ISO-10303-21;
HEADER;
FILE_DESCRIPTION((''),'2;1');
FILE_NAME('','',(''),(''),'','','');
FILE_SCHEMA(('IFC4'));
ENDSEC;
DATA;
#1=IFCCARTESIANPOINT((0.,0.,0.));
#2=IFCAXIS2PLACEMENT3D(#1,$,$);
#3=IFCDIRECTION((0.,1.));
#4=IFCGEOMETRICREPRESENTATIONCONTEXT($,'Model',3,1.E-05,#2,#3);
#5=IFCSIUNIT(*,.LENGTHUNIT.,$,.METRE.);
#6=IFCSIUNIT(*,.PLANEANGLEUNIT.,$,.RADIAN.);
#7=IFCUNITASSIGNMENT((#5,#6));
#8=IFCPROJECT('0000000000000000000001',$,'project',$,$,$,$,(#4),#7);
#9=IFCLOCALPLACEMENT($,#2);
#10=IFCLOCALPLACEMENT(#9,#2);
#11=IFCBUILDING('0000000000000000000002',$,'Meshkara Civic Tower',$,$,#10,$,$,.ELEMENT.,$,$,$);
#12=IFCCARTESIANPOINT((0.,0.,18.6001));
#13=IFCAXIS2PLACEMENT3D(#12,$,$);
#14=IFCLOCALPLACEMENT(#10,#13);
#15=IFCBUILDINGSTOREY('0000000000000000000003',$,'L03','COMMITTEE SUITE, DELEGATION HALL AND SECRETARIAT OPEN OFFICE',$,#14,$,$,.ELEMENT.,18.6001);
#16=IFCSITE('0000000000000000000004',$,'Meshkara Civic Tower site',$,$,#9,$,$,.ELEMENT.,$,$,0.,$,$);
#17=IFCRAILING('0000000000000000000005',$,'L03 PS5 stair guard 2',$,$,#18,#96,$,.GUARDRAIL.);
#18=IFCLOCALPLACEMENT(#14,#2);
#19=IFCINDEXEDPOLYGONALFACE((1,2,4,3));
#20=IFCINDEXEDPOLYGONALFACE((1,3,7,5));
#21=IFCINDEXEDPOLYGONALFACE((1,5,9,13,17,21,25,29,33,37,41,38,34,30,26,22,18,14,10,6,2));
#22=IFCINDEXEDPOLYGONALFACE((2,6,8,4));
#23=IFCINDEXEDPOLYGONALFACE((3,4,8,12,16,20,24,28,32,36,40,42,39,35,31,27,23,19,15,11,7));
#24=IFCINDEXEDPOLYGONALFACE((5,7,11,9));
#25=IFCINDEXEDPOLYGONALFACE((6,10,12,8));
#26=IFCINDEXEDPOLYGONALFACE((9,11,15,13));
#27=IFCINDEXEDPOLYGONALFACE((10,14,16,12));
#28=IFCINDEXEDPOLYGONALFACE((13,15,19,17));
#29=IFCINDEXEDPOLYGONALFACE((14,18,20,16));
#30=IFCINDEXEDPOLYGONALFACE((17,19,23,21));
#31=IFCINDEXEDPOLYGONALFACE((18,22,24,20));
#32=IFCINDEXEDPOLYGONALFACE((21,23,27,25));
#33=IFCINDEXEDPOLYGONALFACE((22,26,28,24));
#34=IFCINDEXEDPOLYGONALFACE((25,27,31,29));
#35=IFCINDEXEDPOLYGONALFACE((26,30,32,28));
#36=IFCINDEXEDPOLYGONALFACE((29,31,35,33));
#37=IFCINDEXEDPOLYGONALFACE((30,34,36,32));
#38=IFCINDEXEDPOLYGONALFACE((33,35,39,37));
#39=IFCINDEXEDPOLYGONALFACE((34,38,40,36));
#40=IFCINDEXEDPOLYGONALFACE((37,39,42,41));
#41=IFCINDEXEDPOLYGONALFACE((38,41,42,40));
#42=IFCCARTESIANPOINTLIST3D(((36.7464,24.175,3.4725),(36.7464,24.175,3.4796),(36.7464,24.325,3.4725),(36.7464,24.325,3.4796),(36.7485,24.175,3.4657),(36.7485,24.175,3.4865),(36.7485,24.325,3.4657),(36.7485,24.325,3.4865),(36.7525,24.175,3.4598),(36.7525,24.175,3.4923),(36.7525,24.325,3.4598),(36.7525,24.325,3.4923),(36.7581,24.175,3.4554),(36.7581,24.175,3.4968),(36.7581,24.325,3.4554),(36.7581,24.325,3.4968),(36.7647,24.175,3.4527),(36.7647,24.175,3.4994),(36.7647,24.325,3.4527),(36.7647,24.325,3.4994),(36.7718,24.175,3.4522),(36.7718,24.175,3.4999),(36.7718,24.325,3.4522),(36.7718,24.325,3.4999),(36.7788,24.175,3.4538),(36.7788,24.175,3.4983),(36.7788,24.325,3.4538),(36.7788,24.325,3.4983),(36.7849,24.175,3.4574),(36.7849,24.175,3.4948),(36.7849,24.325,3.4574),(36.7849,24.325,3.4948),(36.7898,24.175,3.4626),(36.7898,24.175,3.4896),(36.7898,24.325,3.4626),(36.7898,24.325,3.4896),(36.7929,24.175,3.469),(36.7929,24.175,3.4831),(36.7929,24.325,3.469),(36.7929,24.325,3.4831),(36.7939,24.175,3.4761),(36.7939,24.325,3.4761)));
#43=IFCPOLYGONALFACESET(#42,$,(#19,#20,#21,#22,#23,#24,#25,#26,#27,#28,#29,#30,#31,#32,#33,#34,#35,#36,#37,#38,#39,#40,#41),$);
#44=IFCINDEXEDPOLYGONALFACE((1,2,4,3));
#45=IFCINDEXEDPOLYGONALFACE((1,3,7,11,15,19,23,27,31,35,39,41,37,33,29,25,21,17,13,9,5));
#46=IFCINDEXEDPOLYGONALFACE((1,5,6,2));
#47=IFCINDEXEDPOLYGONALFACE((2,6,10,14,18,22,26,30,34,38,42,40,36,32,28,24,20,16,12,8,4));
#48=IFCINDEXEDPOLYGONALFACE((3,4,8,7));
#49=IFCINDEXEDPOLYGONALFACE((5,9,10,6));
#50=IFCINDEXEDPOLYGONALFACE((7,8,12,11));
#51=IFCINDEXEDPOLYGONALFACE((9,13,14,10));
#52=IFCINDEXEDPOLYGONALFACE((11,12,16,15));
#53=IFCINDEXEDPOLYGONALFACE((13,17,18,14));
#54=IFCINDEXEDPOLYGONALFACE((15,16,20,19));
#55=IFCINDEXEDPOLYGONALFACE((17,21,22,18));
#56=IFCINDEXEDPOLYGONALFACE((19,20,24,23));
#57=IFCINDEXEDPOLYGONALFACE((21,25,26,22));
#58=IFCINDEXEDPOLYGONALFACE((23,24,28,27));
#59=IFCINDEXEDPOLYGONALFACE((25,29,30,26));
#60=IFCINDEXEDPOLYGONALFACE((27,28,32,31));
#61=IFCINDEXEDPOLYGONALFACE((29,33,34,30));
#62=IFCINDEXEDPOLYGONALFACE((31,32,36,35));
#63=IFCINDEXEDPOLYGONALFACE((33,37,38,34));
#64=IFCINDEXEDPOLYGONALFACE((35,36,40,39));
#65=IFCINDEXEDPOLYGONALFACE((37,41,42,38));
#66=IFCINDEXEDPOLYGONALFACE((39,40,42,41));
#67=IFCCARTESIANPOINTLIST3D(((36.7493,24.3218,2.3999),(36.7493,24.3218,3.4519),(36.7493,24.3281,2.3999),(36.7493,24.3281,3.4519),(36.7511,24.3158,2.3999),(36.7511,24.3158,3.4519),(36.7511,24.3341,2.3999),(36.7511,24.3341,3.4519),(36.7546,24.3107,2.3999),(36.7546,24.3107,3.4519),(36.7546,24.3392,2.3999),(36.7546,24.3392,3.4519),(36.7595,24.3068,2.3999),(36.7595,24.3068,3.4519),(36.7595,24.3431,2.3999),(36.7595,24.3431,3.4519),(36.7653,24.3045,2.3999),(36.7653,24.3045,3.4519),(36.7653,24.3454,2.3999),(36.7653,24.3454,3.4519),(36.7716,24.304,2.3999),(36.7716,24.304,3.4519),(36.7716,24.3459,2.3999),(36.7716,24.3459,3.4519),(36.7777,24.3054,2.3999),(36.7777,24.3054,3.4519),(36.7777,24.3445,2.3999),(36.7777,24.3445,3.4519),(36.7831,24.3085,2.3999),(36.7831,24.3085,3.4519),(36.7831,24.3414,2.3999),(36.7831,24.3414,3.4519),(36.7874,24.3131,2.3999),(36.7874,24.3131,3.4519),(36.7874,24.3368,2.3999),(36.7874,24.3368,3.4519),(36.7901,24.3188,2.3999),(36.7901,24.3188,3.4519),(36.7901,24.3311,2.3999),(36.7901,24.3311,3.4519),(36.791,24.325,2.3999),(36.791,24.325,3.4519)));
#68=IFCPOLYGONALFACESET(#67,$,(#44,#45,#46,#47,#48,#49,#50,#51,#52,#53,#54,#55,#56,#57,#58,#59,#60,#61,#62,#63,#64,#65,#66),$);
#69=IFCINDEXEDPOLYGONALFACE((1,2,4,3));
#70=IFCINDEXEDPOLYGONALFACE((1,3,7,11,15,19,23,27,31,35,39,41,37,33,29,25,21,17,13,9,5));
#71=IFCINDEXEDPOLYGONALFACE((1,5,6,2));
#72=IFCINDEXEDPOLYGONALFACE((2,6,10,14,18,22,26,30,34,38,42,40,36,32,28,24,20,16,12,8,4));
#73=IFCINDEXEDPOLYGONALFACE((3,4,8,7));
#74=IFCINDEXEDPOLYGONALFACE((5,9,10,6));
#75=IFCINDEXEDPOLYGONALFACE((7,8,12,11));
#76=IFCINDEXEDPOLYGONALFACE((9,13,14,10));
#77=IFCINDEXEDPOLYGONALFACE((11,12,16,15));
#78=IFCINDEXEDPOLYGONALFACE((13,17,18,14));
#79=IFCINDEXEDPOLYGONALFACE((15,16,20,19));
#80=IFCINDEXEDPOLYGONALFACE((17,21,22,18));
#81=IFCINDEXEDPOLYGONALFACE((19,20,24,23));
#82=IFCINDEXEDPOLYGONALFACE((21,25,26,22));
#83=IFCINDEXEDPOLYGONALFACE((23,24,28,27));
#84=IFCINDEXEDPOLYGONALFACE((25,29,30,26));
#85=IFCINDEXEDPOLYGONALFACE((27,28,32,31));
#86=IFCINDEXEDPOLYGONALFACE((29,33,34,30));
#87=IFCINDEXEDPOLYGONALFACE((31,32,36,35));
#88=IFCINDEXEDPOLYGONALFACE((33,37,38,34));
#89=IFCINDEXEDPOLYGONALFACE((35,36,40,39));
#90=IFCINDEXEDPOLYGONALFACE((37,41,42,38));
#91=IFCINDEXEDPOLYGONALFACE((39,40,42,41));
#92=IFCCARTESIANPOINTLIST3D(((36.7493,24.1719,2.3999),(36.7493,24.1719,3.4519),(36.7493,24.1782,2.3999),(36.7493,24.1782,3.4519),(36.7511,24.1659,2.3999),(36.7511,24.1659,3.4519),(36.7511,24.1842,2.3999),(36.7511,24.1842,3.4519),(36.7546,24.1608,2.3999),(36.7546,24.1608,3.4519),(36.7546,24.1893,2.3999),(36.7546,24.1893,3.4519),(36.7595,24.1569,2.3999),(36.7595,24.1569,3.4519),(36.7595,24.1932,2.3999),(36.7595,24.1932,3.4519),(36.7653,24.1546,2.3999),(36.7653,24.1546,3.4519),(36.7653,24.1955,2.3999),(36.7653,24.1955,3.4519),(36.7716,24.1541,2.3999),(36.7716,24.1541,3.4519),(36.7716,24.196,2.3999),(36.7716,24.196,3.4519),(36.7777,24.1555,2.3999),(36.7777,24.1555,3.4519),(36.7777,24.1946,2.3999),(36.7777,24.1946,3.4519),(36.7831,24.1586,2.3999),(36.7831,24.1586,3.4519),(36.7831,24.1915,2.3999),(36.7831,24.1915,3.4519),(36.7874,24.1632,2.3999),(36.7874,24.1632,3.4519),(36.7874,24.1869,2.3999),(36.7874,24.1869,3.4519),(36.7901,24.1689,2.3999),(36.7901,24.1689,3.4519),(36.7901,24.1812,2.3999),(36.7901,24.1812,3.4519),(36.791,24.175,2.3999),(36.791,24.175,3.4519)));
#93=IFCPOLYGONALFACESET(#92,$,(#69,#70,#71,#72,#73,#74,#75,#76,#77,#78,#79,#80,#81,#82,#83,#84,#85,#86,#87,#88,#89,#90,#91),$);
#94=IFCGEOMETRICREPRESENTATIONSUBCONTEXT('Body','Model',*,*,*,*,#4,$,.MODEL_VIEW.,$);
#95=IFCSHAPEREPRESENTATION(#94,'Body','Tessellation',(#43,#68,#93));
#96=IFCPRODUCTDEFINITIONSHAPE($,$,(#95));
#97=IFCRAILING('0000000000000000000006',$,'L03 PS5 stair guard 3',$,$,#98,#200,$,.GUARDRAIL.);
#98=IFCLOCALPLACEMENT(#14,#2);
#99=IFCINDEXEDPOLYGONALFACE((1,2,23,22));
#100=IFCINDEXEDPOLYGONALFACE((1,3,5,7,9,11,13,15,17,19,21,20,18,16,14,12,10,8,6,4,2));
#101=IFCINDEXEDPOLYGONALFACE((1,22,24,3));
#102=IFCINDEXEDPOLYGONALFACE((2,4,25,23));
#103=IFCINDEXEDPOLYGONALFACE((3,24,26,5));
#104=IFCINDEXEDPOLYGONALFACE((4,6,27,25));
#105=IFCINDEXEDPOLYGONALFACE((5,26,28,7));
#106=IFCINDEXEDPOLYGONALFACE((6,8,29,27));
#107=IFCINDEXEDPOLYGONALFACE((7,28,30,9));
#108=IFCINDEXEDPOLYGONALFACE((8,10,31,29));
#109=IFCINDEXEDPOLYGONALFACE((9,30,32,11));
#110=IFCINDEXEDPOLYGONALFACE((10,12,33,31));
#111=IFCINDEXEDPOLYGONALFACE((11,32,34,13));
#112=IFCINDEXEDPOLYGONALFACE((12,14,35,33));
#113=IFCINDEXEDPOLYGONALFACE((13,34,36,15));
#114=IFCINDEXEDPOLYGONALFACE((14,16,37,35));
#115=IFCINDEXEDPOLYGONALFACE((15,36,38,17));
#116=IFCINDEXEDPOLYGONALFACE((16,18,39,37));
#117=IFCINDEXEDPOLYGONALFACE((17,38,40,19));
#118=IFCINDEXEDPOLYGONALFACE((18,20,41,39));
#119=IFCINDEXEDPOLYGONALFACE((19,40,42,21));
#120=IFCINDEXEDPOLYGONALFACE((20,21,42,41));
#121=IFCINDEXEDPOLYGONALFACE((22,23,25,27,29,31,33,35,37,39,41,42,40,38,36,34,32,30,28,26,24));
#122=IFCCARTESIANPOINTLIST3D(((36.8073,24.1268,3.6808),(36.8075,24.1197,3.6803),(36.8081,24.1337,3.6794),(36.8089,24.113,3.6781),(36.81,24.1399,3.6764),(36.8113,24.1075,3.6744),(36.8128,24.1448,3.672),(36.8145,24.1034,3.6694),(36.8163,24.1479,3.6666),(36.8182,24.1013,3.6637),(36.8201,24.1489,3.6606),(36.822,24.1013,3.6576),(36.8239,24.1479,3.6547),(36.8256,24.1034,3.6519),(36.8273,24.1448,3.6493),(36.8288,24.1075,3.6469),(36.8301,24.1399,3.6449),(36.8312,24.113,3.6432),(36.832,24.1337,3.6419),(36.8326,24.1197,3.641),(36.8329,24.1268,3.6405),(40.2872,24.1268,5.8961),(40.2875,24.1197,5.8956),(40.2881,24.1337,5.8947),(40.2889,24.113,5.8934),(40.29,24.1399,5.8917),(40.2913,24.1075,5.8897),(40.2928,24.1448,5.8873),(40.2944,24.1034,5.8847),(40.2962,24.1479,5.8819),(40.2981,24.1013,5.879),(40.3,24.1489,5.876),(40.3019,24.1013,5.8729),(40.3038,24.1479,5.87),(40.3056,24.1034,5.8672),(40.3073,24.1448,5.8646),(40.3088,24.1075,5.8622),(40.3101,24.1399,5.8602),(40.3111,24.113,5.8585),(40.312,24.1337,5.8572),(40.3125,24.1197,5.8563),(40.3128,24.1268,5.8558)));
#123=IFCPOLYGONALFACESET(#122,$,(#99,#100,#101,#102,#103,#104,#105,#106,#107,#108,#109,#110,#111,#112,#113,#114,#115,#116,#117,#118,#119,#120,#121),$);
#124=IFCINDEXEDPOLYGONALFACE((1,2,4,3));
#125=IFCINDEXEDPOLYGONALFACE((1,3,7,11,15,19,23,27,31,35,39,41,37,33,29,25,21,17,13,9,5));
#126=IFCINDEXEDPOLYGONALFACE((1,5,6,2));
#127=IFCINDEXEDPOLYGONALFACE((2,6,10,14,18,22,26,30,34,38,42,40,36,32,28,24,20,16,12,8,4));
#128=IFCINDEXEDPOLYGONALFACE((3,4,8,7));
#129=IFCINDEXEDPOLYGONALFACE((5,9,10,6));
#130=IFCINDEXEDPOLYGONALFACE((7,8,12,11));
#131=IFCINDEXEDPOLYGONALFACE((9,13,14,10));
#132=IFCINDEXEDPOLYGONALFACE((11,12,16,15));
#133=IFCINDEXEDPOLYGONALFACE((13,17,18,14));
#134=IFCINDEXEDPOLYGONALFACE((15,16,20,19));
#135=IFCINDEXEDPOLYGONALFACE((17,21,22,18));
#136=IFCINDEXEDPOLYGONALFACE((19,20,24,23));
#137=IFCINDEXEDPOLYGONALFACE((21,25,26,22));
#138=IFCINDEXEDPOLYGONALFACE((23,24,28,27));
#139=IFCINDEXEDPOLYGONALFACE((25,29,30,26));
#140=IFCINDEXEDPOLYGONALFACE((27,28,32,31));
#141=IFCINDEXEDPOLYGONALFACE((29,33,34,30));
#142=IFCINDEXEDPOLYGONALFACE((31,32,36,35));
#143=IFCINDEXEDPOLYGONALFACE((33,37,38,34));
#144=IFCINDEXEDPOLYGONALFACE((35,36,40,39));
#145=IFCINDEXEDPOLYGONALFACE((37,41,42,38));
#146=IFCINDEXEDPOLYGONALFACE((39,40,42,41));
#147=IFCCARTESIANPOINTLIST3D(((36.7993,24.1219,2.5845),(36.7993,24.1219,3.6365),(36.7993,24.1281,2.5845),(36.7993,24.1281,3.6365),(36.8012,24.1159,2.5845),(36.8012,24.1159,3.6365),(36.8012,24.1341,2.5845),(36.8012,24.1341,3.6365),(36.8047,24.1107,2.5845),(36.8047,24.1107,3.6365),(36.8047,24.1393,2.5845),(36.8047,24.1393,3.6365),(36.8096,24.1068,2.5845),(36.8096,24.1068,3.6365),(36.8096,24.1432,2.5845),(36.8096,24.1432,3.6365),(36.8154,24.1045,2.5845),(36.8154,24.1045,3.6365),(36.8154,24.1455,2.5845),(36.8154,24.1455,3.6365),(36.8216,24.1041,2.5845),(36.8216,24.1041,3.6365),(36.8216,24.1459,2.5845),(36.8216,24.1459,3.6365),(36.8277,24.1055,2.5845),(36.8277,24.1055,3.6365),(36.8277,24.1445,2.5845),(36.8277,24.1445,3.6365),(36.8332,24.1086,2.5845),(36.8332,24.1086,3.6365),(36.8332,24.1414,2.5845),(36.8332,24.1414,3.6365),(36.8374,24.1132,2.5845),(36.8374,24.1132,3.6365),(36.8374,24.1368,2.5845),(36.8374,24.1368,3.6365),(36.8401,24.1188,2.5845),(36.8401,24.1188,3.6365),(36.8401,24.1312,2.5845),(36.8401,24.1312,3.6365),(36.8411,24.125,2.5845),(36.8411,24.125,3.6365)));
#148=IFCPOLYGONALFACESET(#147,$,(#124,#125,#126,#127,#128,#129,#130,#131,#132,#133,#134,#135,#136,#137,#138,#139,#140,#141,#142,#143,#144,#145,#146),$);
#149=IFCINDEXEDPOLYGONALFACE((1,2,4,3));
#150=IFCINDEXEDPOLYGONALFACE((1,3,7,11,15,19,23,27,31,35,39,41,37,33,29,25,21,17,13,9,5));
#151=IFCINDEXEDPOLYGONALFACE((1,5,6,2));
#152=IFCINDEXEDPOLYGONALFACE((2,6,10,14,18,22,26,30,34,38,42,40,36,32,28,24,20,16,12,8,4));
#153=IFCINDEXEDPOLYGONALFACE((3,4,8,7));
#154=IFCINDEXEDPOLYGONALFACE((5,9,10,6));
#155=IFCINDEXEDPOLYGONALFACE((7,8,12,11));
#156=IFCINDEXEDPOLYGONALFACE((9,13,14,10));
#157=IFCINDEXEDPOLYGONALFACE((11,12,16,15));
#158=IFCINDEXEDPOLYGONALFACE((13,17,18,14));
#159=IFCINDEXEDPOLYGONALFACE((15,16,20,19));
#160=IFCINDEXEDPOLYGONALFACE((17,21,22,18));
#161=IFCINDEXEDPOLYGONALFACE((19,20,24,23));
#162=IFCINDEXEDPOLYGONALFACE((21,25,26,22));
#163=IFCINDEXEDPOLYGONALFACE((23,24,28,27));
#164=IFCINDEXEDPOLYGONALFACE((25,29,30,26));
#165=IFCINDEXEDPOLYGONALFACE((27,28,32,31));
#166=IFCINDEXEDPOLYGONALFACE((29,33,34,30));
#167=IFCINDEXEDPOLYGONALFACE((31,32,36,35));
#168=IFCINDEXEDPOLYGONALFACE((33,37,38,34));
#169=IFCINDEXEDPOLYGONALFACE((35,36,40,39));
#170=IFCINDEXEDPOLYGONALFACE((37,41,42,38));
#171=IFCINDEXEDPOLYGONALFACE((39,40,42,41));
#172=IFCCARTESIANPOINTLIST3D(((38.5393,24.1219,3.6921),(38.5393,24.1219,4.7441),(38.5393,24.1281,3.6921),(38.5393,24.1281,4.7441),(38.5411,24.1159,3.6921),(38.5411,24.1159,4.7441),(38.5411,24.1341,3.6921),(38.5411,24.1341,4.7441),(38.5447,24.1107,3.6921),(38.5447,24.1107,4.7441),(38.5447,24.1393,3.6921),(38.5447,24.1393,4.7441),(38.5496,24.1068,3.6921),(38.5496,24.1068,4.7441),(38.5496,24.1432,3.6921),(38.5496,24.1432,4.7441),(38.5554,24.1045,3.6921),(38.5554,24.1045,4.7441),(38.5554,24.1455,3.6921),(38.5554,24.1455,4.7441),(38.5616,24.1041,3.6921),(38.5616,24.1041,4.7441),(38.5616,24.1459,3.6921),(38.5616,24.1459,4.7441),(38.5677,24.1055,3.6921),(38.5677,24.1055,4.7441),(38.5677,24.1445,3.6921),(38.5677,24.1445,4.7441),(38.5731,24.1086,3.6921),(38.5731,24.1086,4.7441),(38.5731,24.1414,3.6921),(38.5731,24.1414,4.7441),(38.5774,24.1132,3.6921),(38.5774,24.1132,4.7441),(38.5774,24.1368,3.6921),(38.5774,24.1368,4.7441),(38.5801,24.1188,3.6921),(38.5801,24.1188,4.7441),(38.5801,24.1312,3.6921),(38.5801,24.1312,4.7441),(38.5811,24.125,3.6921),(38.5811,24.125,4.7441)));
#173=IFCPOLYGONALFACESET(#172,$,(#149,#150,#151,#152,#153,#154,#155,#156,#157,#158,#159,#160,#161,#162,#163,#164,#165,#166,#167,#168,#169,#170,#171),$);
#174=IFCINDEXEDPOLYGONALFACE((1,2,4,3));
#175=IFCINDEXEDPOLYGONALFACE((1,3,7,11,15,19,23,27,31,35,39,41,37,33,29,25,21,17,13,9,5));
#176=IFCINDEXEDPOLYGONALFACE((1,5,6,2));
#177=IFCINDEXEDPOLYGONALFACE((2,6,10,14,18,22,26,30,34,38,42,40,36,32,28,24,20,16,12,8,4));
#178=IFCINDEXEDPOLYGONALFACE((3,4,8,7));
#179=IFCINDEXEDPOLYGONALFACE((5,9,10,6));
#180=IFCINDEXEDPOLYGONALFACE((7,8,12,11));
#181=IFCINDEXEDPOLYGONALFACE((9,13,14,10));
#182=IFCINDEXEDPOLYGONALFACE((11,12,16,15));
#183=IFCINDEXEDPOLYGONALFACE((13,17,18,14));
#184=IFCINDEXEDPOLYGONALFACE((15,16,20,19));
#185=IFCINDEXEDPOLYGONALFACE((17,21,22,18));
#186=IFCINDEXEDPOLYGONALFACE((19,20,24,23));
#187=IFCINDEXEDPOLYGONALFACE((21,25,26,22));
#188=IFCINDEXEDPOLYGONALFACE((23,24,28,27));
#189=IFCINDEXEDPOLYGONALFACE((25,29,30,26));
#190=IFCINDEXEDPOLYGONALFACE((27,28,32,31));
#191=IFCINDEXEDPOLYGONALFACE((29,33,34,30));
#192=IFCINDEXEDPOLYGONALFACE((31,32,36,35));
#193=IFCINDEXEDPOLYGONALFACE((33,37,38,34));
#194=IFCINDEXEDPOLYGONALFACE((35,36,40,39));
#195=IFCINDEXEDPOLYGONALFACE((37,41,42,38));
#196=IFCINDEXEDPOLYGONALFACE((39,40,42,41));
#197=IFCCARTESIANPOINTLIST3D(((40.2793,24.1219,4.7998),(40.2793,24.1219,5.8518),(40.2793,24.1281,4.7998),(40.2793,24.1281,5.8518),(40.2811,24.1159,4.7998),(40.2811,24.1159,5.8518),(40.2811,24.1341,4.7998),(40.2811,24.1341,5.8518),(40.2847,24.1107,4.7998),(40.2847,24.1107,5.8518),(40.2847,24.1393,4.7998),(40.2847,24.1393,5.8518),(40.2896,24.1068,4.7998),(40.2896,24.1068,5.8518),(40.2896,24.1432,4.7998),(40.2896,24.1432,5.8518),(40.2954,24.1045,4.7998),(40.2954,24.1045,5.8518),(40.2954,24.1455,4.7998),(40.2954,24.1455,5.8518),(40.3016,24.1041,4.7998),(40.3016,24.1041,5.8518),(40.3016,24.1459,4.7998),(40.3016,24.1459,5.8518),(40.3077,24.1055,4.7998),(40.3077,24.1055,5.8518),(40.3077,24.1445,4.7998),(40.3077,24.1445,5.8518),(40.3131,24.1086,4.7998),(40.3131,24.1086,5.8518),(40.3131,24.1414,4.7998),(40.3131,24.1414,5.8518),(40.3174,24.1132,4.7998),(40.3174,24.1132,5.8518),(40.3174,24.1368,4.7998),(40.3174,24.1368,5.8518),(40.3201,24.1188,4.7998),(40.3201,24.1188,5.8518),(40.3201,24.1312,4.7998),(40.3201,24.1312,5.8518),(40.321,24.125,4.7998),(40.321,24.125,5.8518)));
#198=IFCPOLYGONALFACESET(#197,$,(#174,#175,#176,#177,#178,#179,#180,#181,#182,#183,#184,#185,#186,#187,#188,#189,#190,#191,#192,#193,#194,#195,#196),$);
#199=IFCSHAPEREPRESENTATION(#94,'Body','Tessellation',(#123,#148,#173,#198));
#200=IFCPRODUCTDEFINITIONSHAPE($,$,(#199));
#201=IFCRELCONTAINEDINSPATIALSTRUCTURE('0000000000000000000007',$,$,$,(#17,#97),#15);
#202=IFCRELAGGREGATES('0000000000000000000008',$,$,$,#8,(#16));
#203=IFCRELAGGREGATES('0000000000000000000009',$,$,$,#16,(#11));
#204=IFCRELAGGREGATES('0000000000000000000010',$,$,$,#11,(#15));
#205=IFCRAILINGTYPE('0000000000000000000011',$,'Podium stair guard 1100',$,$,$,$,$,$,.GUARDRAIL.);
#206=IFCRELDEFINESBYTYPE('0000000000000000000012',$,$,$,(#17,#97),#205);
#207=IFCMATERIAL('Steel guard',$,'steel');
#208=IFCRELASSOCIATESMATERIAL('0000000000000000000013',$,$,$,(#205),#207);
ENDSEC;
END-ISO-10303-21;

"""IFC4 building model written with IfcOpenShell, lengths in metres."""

from ifc_helpers import new_model, si_unit, direction, frame, origin, origin_2d, place, context, subcontext, project, spatial, circle, extrude, material, type_object, element, save


model = new_model("IFC4")

# Units and contexts
model_context = context("Model", 3, precision=1e-05, world=origin(), true_north=direction((0.0, 1.0)))
body_context = subcontext(model_context, "Body", "Model", "MODEL_VIEW")
ifc_project = project(units=[si_unit("LENGTHUNIT", "METRE"), si_unit("PLANEANGLEUNIT", "RADIAN")], contexts=[model_context])

# Site, building, storey
site_placement = place(None, origin())
site = spatial("IfcSite", under=ifc_project, at=site_placement, Name="Meshkara Civic Tower site", CompositionType="ELEMENT", RefElevation=0.0)
building_placement = place(site_placement, origin())
building = spatial("IfcBuilding", under=site, at=building_placement, Name="Meshkara Civic Tower", CompositionType="ELEMENT")
storey_placement = place(building_placement, frame((0.0, 0.0, 18.6001)))
storey = spatial("IfcBuildingStorey", under=building, at=storey_placement, Name="L03", Description="COMMITTEE SUITE, DELEGATION HALL AND SECRETARIAT OPEN OFFICE", CompositionType="ELEMENT", Elevation=18.6001)

# Railings
ifc_material_1 = material(Name="Steel guard", Category="steel")
railing_type_1 = type_object("IfcRailingType", Name="Podium stair guard 1100", PredefinedType="GUARDRAIL", material=ifc_material_1)
railing_1_placement = place(storey_placement, frame((36.77, 24.325, 2.3999)))
element("IfcRailing", 1, at=railing_1_placement, inside=storey, type_object=railing_type_1, Name="L03 PS5 stair guard 2", PredefinedType="GUARDRAIL", context=body_context, shape_type="SweptSolid", body=[
    extrude(circle(Radius=0.0239, at=origin_2d()), frame((0.0, 0.0, 1.0762), z_axis=(0.0, -1.0, 0.0), x_axis=(1.0, 0.0, 0.0)), (0.0, 0.0, 1.0), 0.1499),
    extrude(circle(Radius=0.021, at=origin_2d()), origin(), (0.0, 0.0, 1.0), 1.052),
    extrude(circle(Radius=0.021, at=origin_2d()), frame((0.0, -0.1499, 0.0)), (0.0, 0.0, 1.0), 1.052),
])
railing_2_placement = place(storey_placement, frame((36.8201, 24.125, 2.5845)))
element("IfcRailing", 2, at=railing_2_placement, inside=storey, type_object=railing_type_1, Name="L03 PS5 stair guard 3", PredefinedType="GUARDRAIL", context=body_context, shape_type="SweptSolid", body=[
    extrude(circle(Radius=0.0239, at=origin_2d()), frame((0.0, 0.0, 1.0762), z_axis=(0.843574, 0.0, 0.537013), x_axis=(0.0, 1.0, 0.0)), (0.0, 0.0, 1.0), 4.1252),
    extrude(circle(Radius=0.021, at=origin_2d()), origin(), (0.0, 0.0, 1.0), 1.052),
    extrude(circle(Radius=0.021, at=origin_2d()), frame((1.74, 0.0, 1.1077)), (0.0, 0.0, 1.0), 1.052),
    extrude(circle(Radius=0.021, at=origin_2d()), frame((3.48, 0.0, 2.2153)), (0.0, 0.0, 1.0), 1.052),
])

save(model, "model.ifc")
